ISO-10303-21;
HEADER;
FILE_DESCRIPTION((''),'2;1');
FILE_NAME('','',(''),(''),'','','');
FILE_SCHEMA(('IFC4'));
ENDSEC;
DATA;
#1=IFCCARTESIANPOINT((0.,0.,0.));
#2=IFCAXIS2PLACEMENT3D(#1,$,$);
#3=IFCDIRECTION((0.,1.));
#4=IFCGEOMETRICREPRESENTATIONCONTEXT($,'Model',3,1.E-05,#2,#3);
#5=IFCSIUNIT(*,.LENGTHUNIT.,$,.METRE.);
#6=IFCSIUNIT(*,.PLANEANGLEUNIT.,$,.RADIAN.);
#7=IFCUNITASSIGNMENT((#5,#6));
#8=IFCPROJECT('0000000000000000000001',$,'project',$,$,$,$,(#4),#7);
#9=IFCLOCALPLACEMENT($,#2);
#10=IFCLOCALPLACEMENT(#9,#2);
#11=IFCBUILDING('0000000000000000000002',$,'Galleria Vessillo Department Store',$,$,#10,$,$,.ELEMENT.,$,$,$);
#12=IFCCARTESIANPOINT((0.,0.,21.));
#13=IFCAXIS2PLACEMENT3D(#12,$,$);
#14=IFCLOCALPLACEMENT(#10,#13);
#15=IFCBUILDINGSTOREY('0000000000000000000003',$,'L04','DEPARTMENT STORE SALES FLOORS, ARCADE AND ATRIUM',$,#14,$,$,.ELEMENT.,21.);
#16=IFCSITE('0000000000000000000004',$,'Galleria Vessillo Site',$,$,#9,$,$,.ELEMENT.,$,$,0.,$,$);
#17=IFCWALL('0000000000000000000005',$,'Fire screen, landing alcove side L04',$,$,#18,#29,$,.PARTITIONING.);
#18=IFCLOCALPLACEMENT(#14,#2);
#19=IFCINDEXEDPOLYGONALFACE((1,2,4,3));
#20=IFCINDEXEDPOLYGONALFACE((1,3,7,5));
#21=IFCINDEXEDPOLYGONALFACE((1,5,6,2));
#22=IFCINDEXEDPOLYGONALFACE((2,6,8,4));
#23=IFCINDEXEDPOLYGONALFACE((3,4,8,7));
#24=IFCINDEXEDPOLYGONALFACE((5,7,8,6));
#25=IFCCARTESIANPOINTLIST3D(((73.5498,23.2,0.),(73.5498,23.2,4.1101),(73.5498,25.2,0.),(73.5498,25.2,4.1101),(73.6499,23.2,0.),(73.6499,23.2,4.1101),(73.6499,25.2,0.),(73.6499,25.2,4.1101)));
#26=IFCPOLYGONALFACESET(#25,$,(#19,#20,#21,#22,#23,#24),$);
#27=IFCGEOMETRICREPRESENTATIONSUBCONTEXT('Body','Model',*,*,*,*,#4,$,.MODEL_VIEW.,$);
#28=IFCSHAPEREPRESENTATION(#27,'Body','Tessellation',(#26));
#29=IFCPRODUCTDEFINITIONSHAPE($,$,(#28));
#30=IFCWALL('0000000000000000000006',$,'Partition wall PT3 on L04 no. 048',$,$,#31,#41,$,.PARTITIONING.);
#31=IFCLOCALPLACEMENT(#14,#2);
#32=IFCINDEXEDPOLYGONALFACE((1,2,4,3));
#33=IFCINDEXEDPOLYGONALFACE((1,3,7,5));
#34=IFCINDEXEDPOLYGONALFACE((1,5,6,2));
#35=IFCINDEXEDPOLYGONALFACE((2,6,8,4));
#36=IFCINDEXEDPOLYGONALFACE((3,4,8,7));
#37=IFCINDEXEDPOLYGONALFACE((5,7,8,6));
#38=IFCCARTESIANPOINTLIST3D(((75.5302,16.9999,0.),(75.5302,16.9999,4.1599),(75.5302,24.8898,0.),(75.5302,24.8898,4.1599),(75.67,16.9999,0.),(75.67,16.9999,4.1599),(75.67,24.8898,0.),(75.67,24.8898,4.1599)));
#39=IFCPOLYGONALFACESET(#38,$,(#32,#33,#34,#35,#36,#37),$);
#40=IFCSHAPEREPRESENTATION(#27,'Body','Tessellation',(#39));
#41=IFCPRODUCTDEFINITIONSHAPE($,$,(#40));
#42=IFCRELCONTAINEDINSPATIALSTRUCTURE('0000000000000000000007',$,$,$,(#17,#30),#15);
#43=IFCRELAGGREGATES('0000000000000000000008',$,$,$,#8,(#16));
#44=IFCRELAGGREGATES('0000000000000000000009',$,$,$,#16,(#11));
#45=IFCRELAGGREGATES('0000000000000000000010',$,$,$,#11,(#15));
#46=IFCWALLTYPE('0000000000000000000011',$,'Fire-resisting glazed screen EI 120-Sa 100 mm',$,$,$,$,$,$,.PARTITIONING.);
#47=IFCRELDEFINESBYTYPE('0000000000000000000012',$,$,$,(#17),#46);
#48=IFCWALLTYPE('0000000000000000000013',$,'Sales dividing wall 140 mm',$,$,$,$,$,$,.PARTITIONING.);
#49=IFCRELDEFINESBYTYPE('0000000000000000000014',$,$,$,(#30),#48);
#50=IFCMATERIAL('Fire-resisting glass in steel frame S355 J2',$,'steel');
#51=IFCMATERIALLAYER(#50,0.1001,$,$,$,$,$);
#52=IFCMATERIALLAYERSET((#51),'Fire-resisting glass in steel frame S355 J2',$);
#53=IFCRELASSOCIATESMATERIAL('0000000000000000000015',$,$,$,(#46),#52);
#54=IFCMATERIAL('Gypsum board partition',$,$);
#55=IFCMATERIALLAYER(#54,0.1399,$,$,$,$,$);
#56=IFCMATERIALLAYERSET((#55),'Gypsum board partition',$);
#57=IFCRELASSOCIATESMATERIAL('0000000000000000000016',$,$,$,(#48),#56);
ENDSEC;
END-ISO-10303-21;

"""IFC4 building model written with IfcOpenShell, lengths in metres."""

from ifc_helpers import new_model, si_unit, direction, frame, frame_2d, origin, place, context, subcontext, project, spatial, rectangle, extrude, material, layer, layer_set, type_object, element, save


model = new_model("IFC4")

# Units and contexts
model_context = context("Model", 3, precision=1e-05, world=origin(), true_north=direction((0.0, 1.0)))
body_context = subcontext(model_context, "Body", "Model", "MODEL_VIEW")
ifc_project = project(units=[si_unit("LENGTHUNIT", "METRE"), si_unit("PLANEANGLEUNIT", "RADIAN")], contexts=[model_context])

# Site, building, storey
site_placement = place(None, origin())
site = spatial("IfcSite", under=ifc_project, at=site_placement, Name="Galleria Vessillo Site", CompositionType="ELEMENT", RefElevation=0.0)
building_placement = place(site_placement, origin())
building = spatial("IfcBuilding", under=site, at=building_placement, Name="Galleria Vessillo Department Store", CompositionType="ELEMENT")
storey_placement = place(building_placement, frame((0.0, 0.0, 21.0)))
storey = spatial("IfcBuildingStorey", under=building, at=storey_placement, Name="L04", Description="DEPARTMENT STORE SALES FLOORS, ARCADE AND ATRIUM", CompositionType="ELEMENT", Elevation=21.0)

# Wall
ifc_material_1 = material(Name="Fire-resisting glass in steel frame S355 J2", Category="steel")
ifc_layer_1 = layer(ifc_material_1, 0.1001)
ifc_layer_set_1 = layer_set([ifc_layer_1], Name="Fire-resisting glass in steel frame S355 J2")
wall_type_1 = type_object("IfcWallType", Name="Fire-resisting glazed screen EI 120-Sa 100 mm", PredefinedType="PARTITIONING", material=ifc_layer_set_1)
wall_1_placement = place(storey_placement, frame((73.5999, 25.2, 0.0), z_axis=(0.0, 0.0, 1.0), x_axis=(0.0, -1.0, 0.0)))
element("IfcWall", 1, at=wall_1_placement, inside=storey, type_object=wall_type_1, Name="Fire screen, landing alcove side L04", PredefinedType="PARTITIONING", context=body_context, shape_type="SweptSolid", body=[
    extrude(rectangle(XDim=2.0, YDim=0.1001, at=frame_2d((1.0, 0.0))), origin(), (0.0, 0.0, 1.0), 4.1101),
])

# Wall
ifc_material_2 = material(Name="Gypsum board partition")
ifc_layer_2 = layer(ifc_material_2, 0.1399)
ifc_layer_set_2 = layer_set([ifc_layer_2], Name="Gypsum board partition")
wall_type_2 = type_object("IfcWallType", Name="Sales dividing wall 140 mm", PredefinedType="PARTITIONING", material=ifc_layer_set_2)
wall_2_placement = place(storey_placement, frame((75.6001, 17.0, 0.0), z_axis=(0.0, 0.0, 1.0), x_axis=(0.0, 1.0, 0.0)))
element("IfcWall", 2, at=wall_2_placement, inside=storey, type_object=wall_type_2, Name="Partition wall PT3 on L04 no. 048", PredefinedType="PARTITIONING", context=body_context, shape_type="SweptSolid", body=[
    extrude(rectangle(XDim=7.8899, YDim=0.1399, at=frame_2d((3.9448, 0.0))), origin(), (0.0, 0.0, 1.0), 4.1599),
])

save(model, "model.ifc")
